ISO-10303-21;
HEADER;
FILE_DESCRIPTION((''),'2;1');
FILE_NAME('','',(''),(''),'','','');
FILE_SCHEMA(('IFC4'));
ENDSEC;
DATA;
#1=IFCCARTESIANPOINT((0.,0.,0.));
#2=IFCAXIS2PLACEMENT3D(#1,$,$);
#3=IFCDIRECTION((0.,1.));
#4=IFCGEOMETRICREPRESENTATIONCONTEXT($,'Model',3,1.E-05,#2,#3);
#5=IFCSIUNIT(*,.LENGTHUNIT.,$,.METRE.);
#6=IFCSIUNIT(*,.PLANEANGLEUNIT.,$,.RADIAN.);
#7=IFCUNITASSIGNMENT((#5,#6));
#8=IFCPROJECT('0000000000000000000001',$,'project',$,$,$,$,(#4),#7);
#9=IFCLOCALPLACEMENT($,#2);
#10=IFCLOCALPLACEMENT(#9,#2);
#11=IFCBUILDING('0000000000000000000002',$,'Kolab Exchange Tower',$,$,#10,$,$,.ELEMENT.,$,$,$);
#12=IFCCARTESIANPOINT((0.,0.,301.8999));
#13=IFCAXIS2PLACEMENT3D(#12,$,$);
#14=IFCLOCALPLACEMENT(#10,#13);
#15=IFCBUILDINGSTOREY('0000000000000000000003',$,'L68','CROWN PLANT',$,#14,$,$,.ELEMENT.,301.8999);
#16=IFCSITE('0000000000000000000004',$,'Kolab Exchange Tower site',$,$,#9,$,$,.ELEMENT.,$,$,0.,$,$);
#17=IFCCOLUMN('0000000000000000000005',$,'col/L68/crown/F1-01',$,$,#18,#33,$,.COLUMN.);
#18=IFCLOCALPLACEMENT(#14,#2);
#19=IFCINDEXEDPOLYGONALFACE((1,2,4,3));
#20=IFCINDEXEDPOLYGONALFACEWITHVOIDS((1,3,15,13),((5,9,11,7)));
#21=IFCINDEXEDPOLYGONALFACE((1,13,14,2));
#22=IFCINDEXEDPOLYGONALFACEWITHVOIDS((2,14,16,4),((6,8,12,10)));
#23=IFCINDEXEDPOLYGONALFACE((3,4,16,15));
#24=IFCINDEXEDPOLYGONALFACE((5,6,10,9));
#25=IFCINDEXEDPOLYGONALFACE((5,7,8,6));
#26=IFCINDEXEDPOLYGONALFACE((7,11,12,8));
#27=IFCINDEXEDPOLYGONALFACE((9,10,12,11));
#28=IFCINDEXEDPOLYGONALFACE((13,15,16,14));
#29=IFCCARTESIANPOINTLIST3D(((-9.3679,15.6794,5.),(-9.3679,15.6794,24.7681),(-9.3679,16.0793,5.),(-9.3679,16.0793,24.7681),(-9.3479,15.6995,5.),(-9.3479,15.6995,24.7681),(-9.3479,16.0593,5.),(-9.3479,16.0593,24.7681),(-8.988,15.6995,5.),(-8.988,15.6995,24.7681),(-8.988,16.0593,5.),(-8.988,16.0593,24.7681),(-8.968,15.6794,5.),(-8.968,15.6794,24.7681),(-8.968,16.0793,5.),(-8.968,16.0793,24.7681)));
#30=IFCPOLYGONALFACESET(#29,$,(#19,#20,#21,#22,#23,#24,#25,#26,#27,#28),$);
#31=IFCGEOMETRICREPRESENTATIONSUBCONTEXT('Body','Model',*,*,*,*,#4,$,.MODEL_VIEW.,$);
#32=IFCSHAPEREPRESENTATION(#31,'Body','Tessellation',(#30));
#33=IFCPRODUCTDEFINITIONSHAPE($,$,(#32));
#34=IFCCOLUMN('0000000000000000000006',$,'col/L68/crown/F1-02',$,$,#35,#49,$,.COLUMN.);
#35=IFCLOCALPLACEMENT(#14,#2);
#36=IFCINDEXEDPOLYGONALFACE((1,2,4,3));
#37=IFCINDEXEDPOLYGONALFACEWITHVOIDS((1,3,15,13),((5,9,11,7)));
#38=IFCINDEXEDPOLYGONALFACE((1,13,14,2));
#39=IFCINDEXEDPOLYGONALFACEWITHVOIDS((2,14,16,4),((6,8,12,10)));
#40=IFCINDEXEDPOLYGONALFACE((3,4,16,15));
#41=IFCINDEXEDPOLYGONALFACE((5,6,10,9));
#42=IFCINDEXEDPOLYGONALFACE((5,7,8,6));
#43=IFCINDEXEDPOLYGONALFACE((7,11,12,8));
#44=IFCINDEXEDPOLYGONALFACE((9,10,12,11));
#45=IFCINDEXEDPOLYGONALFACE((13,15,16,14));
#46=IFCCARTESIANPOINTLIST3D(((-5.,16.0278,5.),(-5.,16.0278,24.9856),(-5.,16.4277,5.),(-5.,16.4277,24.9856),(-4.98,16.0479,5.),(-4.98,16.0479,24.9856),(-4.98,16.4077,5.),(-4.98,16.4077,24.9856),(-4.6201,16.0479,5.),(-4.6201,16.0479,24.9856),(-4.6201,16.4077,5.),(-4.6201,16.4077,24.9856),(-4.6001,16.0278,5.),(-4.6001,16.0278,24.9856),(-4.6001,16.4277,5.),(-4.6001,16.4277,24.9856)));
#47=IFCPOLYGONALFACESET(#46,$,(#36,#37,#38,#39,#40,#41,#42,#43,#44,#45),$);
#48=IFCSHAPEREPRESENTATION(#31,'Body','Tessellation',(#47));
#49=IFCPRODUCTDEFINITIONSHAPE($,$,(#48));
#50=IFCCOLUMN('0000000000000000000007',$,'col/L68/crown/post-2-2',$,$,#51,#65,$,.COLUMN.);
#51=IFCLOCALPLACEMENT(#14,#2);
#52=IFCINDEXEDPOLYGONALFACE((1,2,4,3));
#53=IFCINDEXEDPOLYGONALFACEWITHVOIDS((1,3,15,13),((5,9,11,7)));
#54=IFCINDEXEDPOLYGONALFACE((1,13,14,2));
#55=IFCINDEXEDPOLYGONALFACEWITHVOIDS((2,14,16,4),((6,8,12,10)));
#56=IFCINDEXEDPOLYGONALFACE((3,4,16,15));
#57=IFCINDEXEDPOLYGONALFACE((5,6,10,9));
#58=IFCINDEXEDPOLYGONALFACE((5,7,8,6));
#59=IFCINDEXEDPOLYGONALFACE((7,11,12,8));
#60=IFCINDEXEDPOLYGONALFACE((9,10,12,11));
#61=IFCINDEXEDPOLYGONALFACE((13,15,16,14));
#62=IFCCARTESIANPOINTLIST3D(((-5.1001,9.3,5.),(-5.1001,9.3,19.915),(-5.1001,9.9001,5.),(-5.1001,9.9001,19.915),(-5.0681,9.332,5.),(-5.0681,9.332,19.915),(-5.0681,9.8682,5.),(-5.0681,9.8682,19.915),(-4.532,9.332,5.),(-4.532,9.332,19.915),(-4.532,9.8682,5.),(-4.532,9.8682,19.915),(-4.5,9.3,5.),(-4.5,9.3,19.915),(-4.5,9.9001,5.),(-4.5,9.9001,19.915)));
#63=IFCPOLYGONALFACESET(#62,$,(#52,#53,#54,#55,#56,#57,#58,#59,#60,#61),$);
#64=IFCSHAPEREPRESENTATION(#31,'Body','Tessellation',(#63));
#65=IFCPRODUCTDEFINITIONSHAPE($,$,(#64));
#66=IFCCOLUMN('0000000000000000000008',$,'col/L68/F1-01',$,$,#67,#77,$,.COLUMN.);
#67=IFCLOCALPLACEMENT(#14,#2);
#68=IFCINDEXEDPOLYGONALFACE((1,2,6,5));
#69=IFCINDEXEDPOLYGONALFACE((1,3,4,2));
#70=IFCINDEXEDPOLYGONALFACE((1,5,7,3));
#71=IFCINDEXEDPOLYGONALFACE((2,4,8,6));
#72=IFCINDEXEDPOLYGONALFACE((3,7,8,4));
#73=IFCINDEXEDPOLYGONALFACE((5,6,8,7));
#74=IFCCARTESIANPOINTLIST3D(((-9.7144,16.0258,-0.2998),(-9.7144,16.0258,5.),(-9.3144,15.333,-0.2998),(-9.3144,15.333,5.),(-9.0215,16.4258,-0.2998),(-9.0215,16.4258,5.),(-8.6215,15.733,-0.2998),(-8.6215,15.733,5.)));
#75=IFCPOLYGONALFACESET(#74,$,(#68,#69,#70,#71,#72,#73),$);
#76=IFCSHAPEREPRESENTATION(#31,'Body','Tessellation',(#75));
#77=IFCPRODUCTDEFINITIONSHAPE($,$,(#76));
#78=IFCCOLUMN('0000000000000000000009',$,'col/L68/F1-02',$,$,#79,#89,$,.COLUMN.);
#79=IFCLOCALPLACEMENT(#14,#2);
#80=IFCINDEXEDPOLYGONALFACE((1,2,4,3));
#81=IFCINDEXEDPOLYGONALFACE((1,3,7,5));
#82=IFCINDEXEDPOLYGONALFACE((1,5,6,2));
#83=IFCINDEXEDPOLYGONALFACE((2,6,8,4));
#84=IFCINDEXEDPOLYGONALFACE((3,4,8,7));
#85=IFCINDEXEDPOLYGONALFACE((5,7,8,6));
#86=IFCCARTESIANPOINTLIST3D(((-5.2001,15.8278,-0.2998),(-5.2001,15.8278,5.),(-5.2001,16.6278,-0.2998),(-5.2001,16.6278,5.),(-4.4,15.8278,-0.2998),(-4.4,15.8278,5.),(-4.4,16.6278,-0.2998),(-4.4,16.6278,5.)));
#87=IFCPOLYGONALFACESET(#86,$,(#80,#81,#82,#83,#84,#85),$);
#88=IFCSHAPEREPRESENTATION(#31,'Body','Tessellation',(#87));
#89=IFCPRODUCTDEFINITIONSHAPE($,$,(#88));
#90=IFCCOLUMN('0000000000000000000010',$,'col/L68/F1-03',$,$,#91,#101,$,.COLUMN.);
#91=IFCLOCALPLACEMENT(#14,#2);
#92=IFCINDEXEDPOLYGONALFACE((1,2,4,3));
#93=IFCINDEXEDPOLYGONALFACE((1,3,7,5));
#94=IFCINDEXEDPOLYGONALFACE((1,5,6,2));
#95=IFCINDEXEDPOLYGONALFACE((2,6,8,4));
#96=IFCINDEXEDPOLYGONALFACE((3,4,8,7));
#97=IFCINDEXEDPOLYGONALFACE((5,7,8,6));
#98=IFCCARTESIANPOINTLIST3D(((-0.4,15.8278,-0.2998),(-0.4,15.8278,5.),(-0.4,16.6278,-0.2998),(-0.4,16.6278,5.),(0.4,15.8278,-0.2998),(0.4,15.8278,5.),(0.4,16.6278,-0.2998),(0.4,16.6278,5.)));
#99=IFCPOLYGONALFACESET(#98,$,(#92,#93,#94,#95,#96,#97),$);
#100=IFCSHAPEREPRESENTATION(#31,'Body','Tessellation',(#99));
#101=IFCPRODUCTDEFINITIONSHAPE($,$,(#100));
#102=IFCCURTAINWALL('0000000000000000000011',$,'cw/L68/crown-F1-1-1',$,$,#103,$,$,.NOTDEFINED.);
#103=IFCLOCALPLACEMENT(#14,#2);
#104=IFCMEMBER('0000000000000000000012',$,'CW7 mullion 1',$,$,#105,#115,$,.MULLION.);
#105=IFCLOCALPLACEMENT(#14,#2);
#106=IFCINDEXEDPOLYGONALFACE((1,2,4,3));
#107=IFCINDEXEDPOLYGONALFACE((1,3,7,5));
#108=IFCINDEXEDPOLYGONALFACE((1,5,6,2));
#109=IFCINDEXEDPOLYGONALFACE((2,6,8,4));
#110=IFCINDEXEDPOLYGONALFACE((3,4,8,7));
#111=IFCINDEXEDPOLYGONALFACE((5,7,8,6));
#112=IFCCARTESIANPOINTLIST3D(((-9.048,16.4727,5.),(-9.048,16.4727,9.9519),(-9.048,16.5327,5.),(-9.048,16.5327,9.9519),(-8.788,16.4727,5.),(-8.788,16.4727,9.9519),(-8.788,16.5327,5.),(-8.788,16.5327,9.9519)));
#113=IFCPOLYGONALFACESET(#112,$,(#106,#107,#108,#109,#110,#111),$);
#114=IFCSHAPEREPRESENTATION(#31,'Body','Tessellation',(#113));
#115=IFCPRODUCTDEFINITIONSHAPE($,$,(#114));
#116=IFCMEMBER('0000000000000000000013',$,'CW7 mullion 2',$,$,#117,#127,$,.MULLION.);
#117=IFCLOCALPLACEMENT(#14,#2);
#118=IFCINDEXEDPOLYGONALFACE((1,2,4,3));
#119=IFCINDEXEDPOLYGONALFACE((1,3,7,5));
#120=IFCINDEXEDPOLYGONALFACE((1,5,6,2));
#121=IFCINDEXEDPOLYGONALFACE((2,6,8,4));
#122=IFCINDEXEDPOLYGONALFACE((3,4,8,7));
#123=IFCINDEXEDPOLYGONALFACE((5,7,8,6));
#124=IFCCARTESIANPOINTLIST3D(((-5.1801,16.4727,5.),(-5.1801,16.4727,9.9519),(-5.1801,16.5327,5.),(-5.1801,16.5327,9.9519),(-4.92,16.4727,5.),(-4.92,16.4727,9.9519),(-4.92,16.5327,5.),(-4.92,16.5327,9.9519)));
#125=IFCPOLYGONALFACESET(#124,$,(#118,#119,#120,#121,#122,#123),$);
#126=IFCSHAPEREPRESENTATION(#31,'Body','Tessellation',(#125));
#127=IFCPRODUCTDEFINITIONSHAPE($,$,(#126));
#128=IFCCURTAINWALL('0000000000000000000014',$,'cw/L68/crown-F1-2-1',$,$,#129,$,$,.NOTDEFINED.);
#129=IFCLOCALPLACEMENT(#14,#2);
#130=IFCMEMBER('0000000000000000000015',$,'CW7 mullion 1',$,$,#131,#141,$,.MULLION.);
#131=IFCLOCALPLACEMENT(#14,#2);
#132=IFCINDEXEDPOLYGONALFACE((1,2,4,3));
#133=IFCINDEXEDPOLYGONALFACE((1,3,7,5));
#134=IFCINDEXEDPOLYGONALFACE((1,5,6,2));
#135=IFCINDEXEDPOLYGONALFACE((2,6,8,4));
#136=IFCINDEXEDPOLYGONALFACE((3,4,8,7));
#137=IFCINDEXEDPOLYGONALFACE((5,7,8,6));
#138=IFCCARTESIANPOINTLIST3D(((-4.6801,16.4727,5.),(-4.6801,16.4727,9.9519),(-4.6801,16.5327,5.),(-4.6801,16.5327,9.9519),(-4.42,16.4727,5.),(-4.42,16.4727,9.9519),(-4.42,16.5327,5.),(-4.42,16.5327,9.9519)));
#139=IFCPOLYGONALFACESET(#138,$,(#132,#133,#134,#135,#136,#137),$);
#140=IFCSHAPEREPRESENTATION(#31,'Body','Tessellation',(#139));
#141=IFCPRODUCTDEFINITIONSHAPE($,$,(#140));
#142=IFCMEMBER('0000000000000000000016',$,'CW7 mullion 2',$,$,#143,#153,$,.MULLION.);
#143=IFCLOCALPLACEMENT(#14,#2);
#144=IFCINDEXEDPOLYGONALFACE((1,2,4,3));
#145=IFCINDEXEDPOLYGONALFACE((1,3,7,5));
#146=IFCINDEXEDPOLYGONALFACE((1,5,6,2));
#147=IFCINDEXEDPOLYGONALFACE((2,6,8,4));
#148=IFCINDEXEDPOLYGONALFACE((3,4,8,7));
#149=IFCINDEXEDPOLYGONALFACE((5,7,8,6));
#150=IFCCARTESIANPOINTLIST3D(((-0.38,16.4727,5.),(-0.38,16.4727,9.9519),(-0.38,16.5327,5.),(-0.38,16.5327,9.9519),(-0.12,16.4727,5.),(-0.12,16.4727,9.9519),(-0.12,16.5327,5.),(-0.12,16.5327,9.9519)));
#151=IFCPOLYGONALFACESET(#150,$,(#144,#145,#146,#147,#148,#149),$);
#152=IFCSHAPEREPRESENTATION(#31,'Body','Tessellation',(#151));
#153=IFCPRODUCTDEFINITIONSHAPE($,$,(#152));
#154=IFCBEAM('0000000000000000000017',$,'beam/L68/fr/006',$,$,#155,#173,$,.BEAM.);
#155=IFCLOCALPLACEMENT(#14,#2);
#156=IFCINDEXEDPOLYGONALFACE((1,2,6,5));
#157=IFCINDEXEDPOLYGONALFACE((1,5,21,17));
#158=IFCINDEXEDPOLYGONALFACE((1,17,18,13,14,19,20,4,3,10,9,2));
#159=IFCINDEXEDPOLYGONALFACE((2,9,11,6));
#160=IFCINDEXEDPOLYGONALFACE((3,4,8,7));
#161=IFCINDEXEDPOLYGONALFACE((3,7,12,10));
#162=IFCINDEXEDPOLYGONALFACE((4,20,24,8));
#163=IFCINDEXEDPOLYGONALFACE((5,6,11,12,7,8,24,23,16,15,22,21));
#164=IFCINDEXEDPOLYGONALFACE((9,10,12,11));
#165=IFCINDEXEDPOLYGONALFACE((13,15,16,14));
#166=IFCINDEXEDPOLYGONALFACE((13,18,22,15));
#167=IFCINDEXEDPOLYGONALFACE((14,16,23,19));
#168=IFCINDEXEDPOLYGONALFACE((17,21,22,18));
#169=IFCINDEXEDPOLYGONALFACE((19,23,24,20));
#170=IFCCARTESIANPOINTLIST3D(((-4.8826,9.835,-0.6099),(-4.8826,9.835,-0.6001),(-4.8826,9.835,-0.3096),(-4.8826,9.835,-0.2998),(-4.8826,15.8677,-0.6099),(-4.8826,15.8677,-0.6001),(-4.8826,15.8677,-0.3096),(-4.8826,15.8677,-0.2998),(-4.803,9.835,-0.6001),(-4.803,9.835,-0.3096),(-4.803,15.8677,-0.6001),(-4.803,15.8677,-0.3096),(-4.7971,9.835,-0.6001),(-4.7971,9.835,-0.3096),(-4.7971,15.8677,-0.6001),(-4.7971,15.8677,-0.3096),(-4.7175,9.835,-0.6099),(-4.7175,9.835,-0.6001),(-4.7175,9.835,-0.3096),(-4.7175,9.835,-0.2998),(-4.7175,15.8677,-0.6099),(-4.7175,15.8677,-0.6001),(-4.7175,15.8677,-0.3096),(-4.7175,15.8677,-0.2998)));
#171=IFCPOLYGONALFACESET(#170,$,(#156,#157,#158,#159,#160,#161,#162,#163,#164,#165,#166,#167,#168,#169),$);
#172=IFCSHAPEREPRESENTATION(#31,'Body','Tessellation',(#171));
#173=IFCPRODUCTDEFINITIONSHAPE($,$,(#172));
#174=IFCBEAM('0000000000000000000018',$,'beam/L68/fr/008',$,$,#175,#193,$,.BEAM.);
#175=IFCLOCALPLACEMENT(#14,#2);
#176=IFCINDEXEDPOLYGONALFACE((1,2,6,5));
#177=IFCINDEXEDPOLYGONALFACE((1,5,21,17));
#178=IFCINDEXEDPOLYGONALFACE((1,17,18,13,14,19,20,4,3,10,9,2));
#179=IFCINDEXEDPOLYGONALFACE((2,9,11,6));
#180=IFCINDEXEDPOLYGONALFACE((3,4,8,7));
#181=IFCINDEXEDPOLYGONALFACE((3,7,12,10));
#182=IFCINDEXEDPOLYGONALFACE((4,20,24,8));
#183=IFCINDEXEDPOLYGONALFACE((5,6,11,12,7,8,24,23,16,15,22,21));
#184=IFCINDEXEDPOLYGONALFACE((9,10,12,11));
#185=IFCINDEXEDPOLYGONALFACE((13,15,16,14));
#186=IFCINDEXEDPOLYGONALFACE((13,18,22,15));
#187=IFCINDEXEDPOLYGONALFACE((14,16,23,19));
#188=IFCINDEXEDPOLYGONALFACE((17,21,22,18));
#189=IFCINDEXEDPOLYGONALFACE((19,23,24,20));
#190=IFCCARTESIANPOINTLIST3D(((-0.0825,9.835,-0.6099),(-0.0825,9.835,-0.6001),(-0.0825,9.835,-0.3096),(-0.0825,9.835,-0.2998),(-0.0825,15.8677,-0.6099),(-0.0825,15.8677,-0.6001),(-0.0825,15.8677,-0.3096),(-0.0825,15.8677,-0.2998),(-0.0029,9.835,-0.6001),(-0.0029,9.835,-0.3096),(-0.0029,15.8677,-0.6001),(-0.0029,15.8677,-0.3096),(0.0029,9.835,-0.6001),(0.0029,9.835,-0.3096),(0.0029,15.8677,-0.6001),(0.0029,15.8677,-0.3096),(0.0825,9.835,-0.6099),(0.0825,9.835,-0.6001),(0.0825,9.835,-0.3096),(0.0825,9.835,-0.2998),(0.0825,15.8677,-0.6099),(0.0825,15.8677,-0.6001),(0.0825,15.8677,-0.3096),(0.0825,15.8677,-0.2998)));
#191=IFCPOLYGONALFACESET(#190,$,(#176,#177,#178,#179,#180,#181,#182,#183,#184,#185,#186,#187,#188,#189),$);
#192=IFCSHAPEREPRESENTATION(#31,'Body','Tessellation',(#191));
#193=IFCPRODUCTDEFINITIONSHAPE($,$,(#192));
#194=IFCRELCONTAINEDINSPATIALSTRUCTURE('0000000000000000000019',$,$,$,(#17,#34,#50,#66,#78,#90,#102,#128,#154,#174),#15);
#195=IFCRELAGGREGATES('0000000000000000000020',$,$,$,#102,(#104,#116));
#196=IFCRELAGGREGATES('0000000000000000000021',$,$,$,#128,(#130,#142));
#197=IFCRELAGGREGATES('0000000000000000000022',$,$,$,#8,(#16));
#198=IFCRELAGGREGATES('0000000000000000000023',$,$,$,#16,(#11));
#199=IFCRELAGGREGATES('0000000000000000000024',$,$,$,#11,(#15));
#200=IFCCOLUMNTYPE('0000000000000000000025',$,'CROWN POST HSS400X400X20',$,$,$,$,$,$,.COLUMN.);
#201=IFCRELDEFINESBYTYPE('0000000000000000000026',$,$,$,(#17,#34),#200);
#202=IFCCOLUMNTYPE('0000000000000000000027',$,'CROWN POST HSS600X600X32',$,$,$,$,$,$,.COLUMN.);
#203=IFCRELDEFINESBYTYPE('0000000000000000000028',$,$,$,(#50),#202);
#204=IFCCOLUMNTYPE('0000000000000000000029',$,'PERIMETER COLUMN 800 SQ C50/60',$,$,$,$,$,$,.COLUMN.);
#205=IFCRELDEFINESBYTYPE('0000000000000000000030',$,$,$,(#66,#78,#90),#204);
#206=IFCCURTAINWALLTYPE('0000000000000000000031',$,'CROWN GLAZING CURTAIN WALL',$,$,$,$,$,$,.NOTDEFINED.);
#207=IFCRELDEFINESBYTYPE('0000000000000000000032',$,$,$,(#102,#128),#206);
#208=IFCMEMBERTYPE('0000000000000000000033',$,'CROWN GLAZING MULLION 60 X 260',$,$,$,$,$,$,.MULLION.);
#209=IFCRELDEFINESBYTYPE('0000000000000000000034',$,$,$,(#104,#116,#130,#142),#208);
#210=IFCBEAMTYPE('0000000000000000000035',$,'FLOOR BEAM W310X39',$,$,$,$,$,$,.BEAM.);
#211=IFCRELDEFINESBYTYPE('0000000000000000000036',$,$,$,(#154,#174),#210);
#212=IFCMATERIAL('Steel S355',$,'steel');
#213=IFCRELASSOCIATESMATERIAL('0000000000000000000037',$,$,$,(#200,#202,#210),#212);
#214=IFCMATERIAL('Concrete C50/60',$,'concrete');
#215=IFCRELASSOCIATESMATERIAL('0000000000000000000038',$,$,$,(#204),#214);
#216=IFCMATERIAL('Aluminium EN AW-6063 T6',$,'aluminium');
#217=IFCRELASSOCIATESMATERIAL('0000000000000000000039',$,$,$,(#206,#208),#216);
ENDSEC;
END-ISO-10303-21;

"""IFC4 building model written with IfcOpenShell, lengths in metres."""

from ifc_helpers import new_model, si_unit, direction, frame, origin, origin_2d, place, context, subcontext, project, spatial, rectangle, hollow_rectangle, i_section, extrude, material, material_profile, profile_set, type_object, element, aggregate, save


model = new_model("IFC4")

# Units and contexts
model_context = context("Model", 3, precision=1e-05, world=origin(), true_north=direction((0.0, 1.0)))
body_context = subcontext(model_context, "Body", "Model", "MODEL_VIEW")
ifc_project = project(units=[si_unit("LENGTHUNIT", "METRE"), si_unit("PLANEANGLEUNIT", "RADIAN")], contexts=[model_context])

# Site, building, storey
site_placement = place(None, origin())
site = spatial("IfcSite", under=ifc_project, at=site_placement, Name="Kolab Exchange Tower site", CompositionType="ELEMENT", RefElevation=0.0)
building_placement = place(site_placement, origin())
building = spatial("IfcBuilding", under=site, at=building_placement, Name="Kolab Exchange Tower", CompositionType="ELEMENT")
storey_placement = place(building_placement, frame((0.0, 0.0, 301.8999)))
storey = spatial("IfcBuildingStorey", under=building, at=storey_placement, Name="L68", Description="CROWN PLANT", CompositionType="ELEMENT", Elevation=301.8999)

# Columns
ifc_material_1 = material(Name="Steel S355", Category="steel")
ifc_material_profile_1 = material_profile(ifc_material_1, hollow_rectangle(XDim=0.3999, YDim=0.3999, WallThickness=0.02, at=origin_2d()), Name="HSS400X400X20")
ifc_profile_set_1 = profile_set([ifc_material_profile_1], Name="Steel S355")
column_type_1 = type_object("IfcColumnType", Name="CROWN POST HSS400X400X20", PredefinedType="COLUMN", material=ifc_profile_set_1)
column_1_placement = place(storey_placement, frame((-9.168, 15.8794, 5.0), z_axis=(0.0, 0.0, 1.0), x_axis=(1.0, 0.0, 0.0)))
element("IfcColumn", 1, at=column_1_placement, inside=storey, type_object=column_type_1, Name="col/L68/crown/F1-01", PredefinedType="COLUMN", context=body_context, shape_type="SweptSolid", body=[
    extrude(hollow_rectangle(XDim=0.3999, YDim=0.3999, WallThickness=0.02, at=origin_2d()), origin(), (0.0, 0.0, 1.0), 19.7681),
])
column_2_placement = place(storey_placement, frame((-4.8, 16.2278, 5.0), z_axis=(0.0, 0.0, 1.0), x_axis=(1.0, 0.0, 0.0)))
element("IfcColumn", 2, at=column_2_placement, inside=storey, type_object=column_type_1, Name="col/L68/crown/F1-02", PredefinedType="COLUMN", context=body_context, shape_type="SweptSolid", body=[
    extrude(hollow_rectangle(XDim=0.3999, YDim=0.3999, WallThickness=0.02, at=origin_2d()), origin(), (0.0, 0.0, 1.0), 19.9856),
])
ifc_material_profile_2 = material_profile(ifc_material_1, hollow_rectangle(XDim=0.6001, YDim=0.6001, WallThickness=0.032, at=origin_2d()), Name="HSS600X600X32")
ifc_profile_set_2 = profile_set([ifc_material_profile_2], Name="Steel S355")
column_type_2 = type_object("IfcColumnType", Name="CROWN POST HSS600X600X32", PredefinedType="COLUMN", material=ifc_profile_set_2)
column_3_placement = place(storey_placement, frame((-4.8, 9.6001, 5.0), z_axis=(0.0, 0.0, 1.0), x_axis=(1.0, 0.0, 0.0)))
element("IfcColumn", 3, at=column_3_placement, inside=storey, type_object=column_type_2, Name="col/L68/crown/post-2-2", PredefinedType="COLUMN", context=body_context, shape_type="SweptSolid", body=[
    extrude(hollow_rectangle(XDim=0.6001, YDim=0.6001, WallThickness=0.032, at=origin_2d()), origin(), (0.0, 0.0, 1.0), 14.915),
])
ifc_material_2 = material(Name="Concrete C50/60", Category="concrete")
ifc_material_profile_3 = material_profile(ifc_material_2, rectangle(XDim=0.8, YDim=0.8, at=origin_2d()), Name="RC800")
ifc_profile_set_3 = profile_set([ifc_material_profile_3], Name="Concrete C50/60")
column_type_3 = type_object("IfcColumnType", Name="PERIMETER COLUMN 800 SQ C50/60", PredefinedType="COLUMN", material=ifc_profile_set_3)
for number, where, z_axis, x_axis, name in (
    (4, (-9.168, 15.8794, -0.2998), (0.0, 0.0, 1.0), (0.866025, 0.5, 0.0), "col/L68/F1-01"),
    (5, (-4.8, 16.2278, -0.2998), (0.0, 0.0, 1.0), (1.0, 0.0, 0.0), "col/L68/F1-02"),
    (6, (0.0, 16.2278, -0.2998), (0.0, 0.0, 1.0), (1.0, 0.0, 0.0), "col/L68/F1-03"),
):
    element("IfcColumn", number, at=place(storey_placement, frame(where, z_axis=z_axis, x_axis=x_axis)), inside=storey, type_object=column_type_3, Name=name, PredefinedType="COLUMN", context=body_context, shape_type="SweptSolid", body=[
        extrude(rectangle(XDim=0.8, YDim=0.8, at=origin_2d()), origin(), (0.0, 0.0, 1.0), 5.2998),
    ])

# Curtain walls, members
ifc_material_3 = material(Name="Aluminium EN AW-6063 T6", Category="aluminium")
curtain_wall_type = type_object("IfcCurtainWallType", Name="CROWN GLAZING CURTAIN WALL", PredefinedType="NOTDEFINED", material=ifc_material_3)
curtain_wall_1_placement = place(storey_placement, origin())
curtain_wall_1 = element("IfcCurtainWall", 7, at=curtain_wall_1_placement, inside=storey, type_object=curtain_wall_type, Name="cw/L68/crown-F1-1-1", PredefinedType="NOTDEFINED")
ifc_material_profile_4 = material_profile(ifc_material_3, rectangle(XDim=0.0601, YDim=0.26, at=origin_2d()), Name="RECT 60X260")
ifc_profile_set_4 = profile_set([ifc_material_profile_4], Name="Aluminium EN AW-6063 T6")
member_type = type_object("IfcMemberType", Name="CROWN GLAZING MULLION 60 X 260", PredefinedType="MULLION", material=ifc_profile_set_4)
member_1_placement = place(storey_placement, frame((-8.918, 16.5027, 5.0), z_axis=(0.0, 0.0, 1.0), x_axis=(0.0, 1.0, 0.0)))
member_1 = element("IfcMember", 8, at=member_1_placement, type_object=member_type, Name="CW7 mullion 1", PredefinedType="MULLION", context=body_context, shape_type="SweptSolid", body=[
    extrude(rectangle(XDim=0.0601, YDim=0.26, at=origin_2d()), origin(), (0.0, 0.0, 1.0), 4.9519),
])
member_2_placement = place(storey_placement, frame((-5.05, 16.5027, 5.0), z_axis=(0.0, 0.0, 1.0), x_axis=(0.0, 1.0, 0.0)))
member_2 = element("IfcMember", 9, at=member_2_placement, type_object=member_type, Name="CW7 mullion 2", PredefinedType="MULLION", context=body_context, shape_type="SweptSolid", body=[
    extrude(rectangle(XDim=0.0601, YDim=0.26, at=origin_2d()), origin(), (0.0, 0.0, 1.0), 4.9519),
])
aggregate(curtain_wall_1, [member_1, member_2])
curtain_wall_2_placement = place(storey_placement, origin())
curtain_wall_2 = element("IfcCurtainWall", 10, at=curtain_wall_2_placement, inside=storey, type_object=curtain_wall_type, Name="cw/L68/crown-F1-2-1", PredefinedType="NOTDEFINED")
member_3_placement = place(storey_placement, frame((-4.55, 16.5027, 5.0), z_axis=(0.0, 0.0, 1.0), x_axis=(0.0, 1.0, 0.0)))
member_3 = element("IfcMember", 11, at=member_3_placement, type_object=member_type, Name="CW7 mullion 1", PredefinedType="MULLION", context=body_context, shape_type="SweptSolid", body=[
    extrude(rectangle(XDim=0.0601, YDim=0.26, at=origin_2d()), origin(), (0.0, 0.0, 1.0), 4.9519),
])
member_4_placement = place(storey_placement, frame((-0.25, 16.5027, 5.0), z_axis=(0.0, 0.0, 1.0), x_axis=(0.0, 1.0, 0.0)))
member_4 = element("IfcMember", 12, at=member_4_placement, type_object=member_type, Name="CW7 mullion 2", PredefinedType="MULLION", context=body_context, shape_type="SweptSolid", body=[
    extrude(rectangle(XDim=0.0601, YDim=0.26, at=origin_2d()), origin(), (0.0, 0.0, 1.0), 4.9519),
])
aggregate(curtain_wall_2, [member_3, member_4])

# Beams
ifc_material_profile_5 = material_profile(ifc_material_1, i_section(OverallWidth=0.165, OverallDepth=0.3101, WebThickness=0.0059, FlangeThickness=0.0098, at=origin_2d()), Name="W310X39")
ifc_profile_set_5 = profile_set([ifc_material_profile_5], Name="Steel S355")
beam_type_1 = type_object("IfcBeamType", Name="FLOOR BEAM W310X39", PredefinedType="BEAM", material=ifc_profile_set_5)
for number, where, z_axis, x_axis, name in (
    (13, (-4.8, 9.835, -0.4548), (0.0, 1.0, 0.0), (-1.0, 0.0, 0.0), "beam/L68/fr/006"),
    (14, (0.0, 9.835, -0.4548), (0.0, 1.0, 0.0), (-1.0, 0.0, 0.0), "beam/L68/fr/008"),
):
    element("IfcBeam", number, at=place(storey_placement, frame(where, z_axis=z_axis, x_axis=x_axis)), inside=storey, type_object=beam_type_1, Name=name, PredefinedType="BEAM", context=body_context, shape_type="SweptSolid", body=[
        extrude(i_section(OverallWidth=0.165, OverallDepth=0.3101, WebThickness=0.0059, FlangeThickness=0.0098, at=origin_2d()), origin(), (0.0, 0.0, 1.0), 6.0327),
    ])

save(model, "model.ifc")
